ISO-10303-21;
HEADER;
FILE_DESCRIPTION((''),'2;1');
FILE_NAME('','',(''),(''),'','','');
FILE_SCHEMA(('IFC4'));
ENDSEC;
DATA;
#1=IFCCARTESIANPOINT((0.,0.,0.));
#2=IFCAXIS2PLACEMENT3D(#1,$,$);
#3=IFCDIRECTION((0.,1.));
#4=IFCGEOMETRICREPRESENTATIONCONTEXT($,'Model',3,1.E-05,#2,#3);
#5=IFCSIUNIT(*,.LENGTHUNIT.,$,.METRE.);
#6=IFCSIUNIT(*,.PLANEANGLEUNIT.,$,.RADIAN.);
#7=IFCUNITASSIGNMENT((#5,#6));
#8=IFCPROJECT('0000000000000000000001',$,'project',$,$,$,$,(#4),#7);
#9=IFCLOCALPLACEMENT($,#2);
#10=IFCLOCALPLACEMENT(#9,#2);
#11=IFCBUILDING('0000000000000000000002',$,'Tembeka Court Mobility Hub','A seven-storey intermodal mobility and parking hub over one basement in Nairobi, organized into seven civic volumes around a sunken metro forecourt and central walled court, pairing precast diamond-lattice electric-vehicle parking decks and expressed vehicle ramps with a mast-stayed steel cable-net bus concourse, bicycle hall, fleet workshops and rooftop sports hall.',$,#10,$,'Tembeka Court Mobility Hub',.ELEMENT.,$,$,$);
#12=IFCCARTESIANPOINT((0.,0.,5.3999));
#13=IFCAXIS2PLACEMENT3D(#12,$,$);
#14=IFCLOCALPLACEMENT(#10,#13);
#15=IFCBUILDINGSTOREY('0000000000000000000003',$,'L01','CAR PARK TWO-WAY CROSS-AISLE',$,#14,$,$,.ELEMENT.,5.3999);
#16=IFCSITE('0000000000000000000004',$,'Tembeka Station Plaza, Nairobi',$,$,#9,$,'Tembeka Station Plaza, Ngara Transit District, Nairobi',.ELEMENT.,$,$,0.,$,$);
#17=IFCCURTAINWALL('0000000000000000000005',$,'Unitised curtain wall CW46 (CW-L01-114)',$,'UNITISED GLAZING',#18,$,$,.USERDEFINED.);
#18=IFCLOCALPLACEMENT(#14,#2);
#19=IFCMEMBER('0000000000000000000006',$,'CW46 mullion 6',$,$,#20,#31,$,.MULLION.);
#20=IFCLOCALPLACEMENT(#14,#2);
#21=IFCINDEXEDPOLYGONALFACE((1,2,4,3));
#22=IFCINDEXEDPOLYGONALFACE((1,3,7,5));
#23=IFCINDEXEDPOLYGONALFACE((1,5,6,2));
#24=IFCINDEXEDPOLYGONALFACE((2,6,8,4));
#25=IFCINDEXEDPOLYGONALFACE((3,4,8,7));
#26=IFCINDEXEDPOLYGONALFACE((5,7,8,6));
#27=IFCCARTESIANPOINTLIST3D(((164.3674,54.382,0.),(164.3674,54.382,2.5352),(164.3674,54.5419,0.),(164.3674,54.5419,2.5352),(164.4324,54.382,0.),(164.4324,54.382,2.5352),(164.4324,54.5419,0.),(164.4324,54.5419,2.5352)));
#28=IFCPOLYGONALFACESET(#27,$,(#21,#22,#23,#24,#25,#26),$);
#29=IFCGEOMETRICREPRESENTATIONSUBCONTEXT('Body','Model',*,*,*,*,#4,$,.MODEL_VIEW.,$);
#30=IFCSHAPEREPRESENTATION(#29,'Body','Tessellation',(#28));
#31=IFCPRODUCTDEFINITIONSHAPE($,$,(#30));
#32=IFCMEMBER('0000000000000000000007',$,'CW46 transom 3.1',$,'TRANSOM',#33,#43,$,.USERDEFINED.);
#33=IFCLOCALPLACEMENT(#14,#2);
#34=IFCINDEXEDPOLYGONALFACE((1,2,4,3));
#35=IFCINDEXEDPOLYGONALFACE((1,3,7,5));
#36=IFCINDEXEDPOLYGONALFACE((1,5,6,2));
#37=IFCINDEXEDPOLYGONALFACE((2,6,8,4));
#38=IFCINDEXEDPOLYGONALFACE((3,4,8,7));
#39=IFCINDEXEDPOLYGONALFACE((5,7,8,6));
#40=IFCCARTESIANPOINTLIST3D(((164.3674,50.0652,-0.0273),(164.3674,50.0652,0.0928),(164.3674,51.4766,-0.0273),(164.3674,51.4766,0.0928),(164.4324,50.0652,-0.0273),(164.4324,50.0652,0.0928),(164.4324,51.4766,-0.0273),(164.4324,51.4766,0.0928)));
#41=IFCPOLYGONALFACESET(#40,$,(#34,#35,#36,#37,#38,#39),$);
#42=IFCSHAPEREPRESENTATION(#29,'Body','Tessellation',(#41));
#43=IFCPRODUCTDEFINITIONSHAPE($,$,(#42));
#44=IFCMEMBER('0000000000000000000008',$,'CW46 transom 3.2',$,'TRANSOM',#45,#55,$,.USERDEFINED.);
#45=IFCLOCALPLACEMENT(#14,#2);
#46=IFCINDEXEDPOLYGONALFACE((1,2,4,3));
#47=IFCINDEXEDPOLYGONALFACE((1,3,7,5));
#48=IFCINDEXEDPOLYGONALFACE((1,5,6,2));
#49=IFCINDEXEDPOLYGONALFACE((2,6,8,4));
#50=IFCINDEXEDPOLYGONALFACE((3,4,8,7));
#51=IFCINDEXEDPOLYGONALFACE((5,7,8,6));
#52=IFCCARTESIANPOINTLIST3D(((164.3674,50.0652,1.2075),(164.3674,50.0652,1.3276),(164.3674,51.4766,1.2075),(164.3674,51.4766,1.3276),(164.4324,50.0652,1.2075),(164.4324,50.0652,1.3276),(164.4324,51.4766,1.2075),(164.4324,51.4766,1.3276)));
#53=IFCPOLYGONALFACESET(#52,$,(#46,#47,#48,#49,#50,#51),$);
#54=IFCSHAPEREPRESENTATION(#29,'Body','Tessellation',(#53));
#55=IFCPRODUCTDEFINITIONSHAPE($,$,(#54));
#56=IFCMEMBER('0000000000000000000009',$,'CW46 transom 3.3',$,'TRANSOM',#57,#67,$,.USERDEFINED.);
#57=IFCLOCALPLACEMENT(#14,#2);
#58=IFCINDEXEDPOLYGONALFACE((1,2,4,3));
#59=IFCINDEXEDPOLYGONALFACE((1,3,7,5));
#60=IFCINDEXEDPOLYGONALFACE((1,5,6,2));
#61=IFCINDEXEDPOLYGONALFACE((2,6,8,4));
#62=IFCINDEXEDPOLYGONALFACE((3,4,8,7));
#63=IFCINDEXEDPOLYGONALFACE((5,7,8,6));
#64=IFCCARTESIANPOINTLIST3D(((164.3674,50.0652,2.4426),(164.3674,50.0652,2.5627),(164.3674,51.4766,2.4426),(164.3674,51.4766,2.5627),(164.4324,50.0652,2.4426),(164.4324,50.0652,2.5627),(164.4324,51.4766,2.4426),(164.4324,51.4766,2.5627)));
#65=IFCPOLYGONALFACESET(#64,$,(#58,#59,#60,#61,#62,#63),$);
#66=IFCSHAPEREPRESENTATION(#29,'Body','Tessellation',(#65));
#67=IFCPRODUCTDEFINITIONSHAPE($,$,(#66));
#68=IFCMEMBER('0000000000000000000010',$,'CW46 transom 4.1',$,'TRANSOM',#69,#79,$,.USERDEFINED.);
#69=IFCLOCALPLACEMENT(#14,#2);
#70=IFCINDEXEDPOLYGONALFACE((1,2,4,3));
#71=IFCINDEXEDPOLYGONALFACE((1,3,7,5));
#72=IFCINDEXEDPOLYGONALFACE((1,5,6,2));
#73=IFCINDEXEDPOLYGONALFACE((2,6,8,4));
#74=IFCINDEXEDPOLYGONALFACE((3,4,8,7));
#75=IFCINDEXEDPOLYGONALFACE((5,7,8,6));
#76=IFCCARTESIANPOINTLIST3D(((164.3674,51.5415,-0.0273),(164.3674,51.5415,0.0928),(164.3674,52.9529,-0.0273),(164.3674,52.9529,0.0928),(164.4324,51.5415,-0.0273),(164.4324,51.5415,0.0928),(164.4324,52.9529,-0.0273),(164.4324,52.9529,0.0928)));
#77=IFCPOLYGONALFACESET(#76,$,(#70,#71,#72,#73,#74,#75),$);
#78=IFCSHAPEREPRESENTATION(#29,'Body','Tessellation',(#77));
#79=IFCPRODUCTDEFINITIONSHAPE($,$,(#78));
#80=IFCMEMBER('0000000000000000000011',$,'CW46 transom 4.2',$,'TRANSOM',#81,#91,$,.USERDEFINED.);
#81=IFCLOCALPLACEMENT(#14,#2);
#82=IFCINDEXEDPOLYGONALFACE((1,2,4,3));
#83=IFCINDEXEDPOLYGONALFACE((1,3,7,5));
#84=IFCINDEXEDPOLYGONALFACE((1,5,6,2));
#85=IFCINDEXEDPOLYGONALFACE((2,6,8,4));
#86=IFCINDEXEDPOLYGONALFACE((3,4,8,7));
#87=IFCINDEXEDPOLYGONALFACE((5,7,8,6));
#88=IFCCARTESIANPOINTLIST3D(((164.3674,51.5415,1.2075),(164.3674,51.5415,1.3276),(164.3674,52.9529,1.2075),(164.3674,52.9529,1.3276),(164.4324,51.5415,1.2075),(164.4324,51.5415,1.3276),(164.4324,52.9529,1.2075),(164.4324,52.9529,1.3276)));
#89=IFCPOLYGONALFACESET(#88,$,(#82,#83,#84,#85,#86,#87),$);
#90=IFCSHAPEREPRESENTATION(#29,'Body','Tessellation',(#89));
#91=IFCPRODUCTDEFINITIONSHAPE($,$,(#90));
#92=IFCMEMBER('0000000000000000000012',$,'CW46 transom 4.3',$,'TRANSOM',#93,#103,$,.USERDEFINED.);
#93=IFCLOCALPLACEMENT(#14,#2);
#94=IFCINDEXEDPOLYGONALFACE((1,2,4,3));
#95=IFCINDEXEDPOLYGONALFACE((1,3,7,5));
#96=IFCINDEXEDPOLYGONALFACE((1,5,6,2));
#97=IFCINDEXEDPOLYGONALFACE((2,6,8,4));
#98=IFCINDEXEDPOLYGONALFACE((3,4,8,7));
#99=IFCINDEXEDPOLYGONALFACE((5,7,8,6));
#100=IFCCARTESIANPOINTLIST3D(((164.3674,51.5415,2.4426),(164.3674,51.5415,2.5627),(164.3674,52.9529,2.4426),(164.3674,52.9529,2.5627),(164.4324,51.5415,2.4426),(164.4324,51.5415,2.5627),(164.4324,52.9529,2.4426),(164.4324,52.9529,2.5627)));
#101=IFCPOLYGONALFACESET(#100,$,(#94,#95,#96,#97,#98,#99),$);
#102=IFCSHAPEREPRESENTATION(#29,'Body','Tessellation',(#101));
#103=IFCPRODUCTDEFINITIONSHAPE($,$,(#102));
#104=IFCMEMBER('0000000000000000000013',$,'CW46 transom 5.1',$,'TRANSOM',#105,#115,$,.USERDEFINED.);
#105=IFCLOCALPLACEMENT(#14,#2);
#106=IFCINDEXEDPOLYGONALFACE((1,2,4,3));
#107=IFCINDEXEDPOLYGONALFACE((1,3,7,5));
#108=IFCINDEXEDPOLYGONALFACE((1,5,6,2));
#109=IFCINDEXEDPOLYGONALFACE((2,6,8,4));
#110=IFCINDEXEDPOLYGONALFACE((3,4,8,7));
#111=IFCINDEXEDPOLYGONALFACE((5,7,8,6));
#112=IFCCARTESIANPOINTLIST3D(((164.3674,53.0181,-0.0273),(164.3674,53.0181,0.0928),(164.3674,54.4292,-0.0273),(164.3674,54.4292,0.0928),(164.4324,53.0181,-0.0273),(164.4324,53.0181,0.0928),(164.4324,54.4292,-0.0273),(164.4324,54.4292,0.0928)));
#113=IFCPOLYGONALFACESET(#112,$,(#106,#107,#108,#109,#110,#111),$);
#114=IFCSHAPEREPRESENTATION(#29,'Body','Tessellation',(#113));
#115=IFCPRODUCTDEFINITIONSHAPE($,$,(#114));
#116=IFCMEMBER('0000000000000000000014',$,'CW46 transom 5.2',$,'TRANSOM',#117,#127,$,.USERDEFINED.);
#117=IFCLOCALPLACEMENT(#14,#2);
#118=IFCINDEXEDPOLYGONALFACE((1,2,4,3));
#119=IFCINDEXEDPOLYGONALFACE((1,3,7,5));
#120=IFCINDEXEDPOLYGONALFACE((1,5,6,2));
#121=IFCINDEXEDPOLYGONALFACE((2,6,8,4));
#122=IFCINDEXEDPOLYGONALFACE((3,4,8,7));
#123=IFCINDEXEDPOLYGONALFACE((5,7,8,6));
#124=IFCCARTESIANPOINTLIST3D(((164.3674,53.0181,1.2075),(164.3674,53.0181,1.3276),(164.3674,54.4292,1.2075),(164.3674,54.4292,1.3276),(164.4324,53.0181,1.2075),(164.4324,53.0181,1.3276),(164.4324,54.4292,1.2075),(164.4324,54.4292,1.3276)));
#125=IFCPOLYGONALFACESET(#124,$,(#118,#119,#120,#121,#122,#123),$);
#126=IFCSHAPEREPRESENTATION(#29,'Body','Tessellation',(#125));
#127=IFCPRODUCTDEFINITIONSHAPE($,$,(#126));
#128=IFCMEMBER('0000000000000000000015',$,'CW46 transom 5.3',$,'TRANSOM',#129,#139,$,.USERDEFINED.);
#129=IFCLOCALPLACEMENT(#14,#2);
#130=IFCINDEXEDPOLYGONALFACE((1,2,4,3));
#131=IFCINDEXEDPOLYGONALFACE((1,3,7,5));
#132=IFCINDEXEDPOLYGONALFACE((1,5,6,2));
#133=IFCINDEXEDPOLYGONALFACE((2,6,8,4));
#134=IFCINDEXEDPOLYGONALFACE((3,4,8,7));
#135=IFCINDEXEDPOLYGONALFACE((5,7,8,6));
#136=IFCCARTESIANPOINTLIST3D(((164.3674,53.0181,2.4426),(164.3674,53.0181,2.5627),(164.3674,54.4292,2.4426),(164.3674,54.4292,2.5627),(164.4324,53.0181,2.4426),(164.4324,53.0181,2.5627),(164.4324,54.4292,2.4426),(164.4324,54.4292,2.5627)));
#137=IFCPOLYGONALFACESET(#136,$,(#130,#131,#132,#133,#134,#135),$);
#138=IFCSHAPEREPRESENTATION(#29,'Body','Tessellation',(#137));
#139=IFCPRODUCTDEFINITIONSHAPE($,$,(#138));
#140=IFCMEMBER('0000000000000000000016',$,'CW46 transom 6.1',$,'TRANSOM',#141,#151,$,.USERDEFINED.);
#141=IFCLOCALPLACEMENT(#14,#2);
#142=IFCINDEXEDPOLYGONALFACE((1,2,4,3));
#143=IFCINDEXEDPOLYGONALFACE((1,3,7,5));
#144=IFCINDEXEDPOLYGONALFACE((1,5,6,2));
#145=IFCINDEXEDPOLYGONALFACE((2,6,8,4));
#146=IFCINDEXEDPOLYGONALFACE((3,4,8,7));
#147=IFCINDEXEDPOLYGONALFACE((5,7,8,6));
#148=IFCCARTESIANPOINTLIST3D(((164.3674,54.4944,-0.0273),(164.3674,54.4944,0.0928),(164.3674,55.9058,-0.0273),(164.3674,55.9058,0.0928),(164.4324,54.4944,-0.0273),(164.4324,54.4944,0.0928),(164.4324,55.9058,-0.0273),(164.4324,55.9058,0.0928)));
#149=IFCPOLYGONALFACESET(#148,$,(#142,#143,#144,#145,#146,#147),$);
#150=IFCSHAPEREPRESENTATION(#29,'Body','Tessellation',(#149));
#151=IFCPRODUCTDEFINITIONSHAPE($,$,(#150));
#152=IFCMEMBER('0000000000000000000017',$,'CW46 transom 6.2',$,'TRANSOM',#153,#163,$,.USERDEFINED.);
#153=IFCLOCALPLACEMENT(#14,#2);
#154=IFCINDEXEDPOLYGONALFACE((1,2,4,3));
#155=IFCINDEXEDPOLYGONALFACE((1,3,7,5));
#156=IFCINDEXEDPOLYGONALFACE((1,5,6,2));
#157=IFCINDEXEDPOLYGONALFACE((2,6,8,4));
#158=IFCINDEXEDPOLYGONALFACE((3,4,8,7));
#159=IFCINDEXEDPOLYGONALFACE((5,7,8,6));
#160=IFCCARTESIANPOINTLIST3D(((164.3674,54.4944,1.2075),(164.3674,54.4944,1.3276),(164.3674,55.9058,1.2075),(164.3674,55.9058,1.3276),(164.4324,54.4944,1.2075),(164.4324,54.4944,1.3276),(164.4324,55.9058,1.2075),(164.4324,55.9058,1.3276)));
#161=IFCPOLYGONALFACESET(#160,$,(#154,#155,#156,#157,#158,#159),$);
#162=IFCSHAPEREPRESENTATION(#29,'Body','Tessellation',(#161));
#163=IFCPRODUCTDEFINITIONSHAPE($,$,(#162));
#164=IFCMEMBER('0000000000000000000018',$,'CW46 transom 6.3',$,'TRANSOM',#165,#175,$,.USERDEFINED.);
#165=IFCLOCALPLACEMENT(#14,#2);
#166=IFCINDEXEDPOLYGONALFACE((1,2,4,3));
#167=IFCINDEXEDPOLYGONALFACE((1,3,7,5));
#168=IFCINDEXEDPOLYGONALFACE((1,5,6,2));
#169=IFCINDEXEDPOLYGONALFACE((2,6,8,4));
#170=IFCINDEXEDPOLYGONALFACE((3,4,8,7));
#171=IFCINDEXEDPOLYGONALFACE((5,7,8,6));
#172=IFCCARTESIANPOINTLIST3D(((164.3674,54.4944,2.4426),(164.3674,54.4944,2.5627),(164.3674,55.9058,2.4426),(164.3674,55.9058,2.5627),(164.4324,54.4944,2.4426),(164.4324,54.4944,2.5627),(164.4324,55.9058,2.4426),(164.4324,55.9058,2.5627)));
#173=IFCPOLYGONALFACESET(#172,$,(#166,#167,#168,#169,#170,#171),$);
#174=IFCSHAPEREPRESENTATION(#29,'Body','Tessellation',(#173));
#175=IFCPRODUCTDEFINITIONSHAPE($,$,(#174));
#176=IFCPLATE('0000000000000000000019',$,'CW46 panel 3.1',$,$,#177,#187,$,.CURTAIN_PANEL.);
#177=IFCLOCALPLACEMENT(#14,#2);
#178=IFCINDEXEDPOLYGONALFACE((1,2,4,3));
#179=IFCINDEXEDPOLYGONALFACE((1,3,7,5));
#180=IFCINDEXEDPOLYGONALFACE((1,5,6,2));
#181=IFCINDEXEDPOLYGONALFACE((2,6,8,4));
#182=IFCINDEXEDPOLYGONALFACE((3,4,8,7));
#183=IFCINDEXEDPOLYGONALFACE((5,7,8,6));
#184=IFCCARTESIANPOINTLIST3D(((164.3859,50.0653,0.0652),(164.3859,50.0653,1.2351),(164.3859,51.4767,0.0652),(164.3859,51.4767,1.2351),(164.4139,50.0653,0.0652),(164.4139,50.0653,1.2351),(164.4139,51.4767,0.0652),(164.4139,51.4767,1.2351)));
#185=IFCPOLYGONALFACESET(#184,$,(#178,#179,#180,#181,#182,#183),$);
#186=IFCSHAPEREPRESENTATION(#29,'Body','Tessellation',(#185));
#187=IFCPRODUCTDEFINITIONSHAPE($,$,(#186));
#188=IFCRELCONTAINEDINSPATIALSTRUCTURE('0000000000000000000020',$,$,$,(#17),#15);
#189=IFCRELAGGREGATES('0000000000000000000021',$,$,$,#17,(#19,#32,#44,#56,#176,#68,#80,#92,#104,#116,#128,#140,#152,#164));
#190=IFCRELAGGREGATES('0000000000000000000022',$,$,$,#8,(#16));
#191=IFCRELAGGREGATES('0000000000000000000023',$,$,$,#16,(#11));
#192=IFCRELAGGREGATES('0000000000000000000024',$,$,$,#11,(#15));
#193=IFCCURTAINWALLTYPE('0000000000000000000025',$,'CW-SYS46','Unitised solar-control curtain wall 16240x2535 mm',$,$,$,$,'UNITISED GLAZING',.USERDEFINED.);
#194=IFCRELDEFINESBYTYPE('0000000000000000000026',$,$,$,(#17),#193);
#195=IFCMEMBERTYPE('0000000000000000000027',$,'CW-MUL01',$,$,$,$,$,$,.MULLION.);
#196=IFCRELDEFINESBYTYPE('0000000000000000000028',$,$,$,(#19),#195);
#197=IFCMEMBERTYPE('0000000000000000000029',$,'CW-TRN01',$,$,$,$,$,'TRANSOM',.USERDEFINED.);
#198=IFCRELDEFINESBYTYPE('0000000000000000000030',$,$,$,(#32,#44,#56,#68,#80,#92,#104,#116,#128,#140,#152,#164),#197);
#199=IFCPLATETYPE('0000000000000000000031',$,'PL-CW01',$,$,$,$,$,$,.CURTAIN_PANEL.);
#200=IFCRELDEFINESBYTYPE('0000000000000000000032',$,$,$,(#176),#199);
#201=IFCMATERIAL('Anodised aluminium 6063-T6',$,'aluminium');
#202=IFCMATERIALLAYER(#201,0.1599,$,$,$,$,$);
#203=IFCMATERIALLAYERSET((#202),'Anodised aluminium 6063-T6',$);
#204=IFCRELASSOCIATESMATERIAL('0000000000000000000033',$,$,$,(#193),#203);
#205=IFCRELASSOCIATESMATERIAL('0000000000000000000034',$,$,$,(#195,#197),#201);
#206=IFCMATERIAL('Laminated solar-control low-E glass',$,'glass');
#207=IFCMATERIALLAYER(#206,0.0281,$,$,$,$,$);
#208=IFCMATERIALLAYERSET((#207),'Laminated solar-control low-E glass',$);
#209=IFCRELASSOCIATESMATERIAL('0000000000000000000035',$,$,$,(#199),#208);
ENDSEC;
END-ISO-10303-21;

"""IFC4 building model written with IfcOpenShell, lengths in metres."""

from ifc_helpers import new_model, si_unit, direction, frame, origin, origin_2d, place, context, subcontext, project, spatial, rectangle, extrude, material, layer, layer_set, material_profile, profile_set, type_object, element, aggregate, save


model = new_model("IFC4")

# Units and contexts
model_context = context("Model", 3, precision=1e-05, world=origin(), true_north=direction((0.0, 1.0)))
body_context = subcontext(model_context, "Body", "Model", "MODEL_VIEW")
ifc_project = project(units=[si_unit("LENGTHUNIT", "METRE"), si_unit("PLANEANGLEUNIT", "RADIAN")], contexts=[model_context])

# Site, building, storey
site_placement = place(None, origin())
site = spatial("IfcSite", under=ifc_project, at=site_placement, Name="Tembeka Station Plaza, Nairobi", LongName="Tembeka Station Plaza, Ngara Transit District, Nairobi", CompositionType="ELEMENT", RefElevation=0.0)
building_placement = place(site_placement, origin())
building = spatial("IfcBuilding", under=site, at=building_placement, Name="Tembeka Court Mobility Hub", Description="A seven-storey intermodal mobility and parking hub over one basement in Nairobi, organized into seven civic volumes around a sunken metro forecourt and central walled court, pairing precast diamond-lattice electric-vehicle parking decks and expressed vehicle ramps with a mast-stayed steel cable-net bus concourse, bicycle hall, fleet workshops and rooftop sports hall.", LongName="Tembeka Court Mobility Hub", CompositionType="ELEMENT")
storey_placement = place(building_placement, frame((0.0, 0.0, 5.3999)))
storey = spatial("IfcBuildingStorey", under=building, at=storey_placement, Name="L01", Description="CAR PARK TWO-WAY CROSS-AISLE", CompositionType="ELEMENT", Elevation=5.3999)

# Curtain wall, members, plate
ifc_material_1 = material(Name="Anodised aluminium 6063-T6", Category="aluminium")
ifc_layer_1 = layer(ifc_material_1, 0.1599)
ifc_layer_set_1 = layer_set([ifc_layer_1], Name="Anodised aluminium 6063-T6")
curtain_wall_type = type_object("IfcCurtainWallType", Name="CW-SYS46", Description="Unitised solar-control curtain wall 16240x2535 mm", ElementType="UNITISED GLAZING", PredefinedType="USERDEFINED", material=ifc_layer_set_1)
curtain_wall_placement = place(storey_placement, origin())
curtain_wall = element("IfcCurtainWall", 1, at=curtain_wall_placement, inside=storey, type_object=curtain_wall_type, Name="Unitised curtain wall CW46 (CW-L01-114)", ObjectType="UNITISED GLAZING", PredefinedType="USERDEFINED")
ifc_material_profile_1 = material_profile(ifc_material_1, rectangle(XDim=0.0649, YDim=0.1599, at=origin_2d()), Name="ALU-MUL 65x160")
ifc_profile_set_1 = profile_set([ifc_material_profile_1], Name="Anodised aluminium 6063-T6")
member_type_1 = type_object("IfcMemberType", Name="CW-MUL01", PredefinedType="MULLION", material=ifc_profile_set_1)
member_1_placement = place(storey_placement, frame((164.3999, 54.4619, 0.0), z_axis=(0.0, 0.0, 1.0), x_axis=(-1.0, 0.0, 0.0)))
member_1 = element("IfcMember", 2, at=member_1_placement, type_object=member_type_1, Name="CW46 mullion 6", PredefinedType="MULLION", context=body_context, shape_type="SweptSolid", body=[
    extrude(rectangle(XDim=0.0649, YDim=0.1599, at=origin_2d()), origin(), (0.0, 0.0, 1.0), 2.5352),
])
ifc_material_profile_2 = material_profile(ifc_material_1, rectangle(XDim=0.0649, YDim=0.1201, at=origin_2d()), Name="ALU-TRN 65x120")
ifc_profile_set_2 = profile_set([ifc_material_profile_2], Name="Anodised aluminium 6063-T6")
member_type_2 = type_object("IfcMemberType", Name="CW-TRN01", ElementType="TRANSOM", PredefinedType="USERDEFINED", material=ifc_profile_set_2)
member_2_placement = place(storey_placement, frame((164.3999, 50.0652, 0.0327), z_axis=(0.0, 1.0, 0.0), x_axis=(-1.0, 0.0, 0.0)))
member_2 = element("IfcMember", 3, at=member_2_placement, type_object=member_type_2, Name="CW46 transom 3.1", ObjectType="TRANSOM", PredefinedType="USERDEFINED", context=body_context, shape_type="SweptSolid", body=[
    extrude(rectangle(XDim=0.0649, YDim=0.1201, at=origin_2d()), origin(), (0.0, 0.0, 1.0), 1.4114),
])
member_3_placement = place(storey_placement, frame((164.3999, 50.0652, 1.2676), z_axis=(0.0, 1.0, 0.0), x_axis=(-1.0, 0.0, 0.0)))
member_3 = element("IfcMember", 4, at=member_3_placement, type_object=member_type_2, Name="CW46 transom 3.2", ObjectType="TRANSOM", PredefinedType="USERDEFINED", context=body_context, shape_type="SweptSolid", body=[
    extrude(rectangle(XDim=0.0649, YDim=0.1201, at=origin_2d()), origin(), (0.0, 0.0, 1.0), 1.4114),
])
member_4_placement = place(storey_placement, frame((164.3999, 50.0652, 2.5027), z_axis=(0.0, 1.0, 0.0), x_axis=(-1.0, 0.0, 0.0)))
member_4 = element("IfcMember", 5, at=member_4_placement, type_object=member_type_2, Name="CW46 transom 3.3", ObjectType="TRANSOM", PredefinedType="USERDEFINED", context=body_context, shape_type="SweptSolid", body=[
    extrude(rectangle(XDim=0.0649, YDim=0.1201, at=origin_2d()), origin(), (0.0, 0.0, 1.0), 1.4114),
])
member_5_placement = place(storey_placement, frame((164.3999, 51.5415, 0.0327), z_axis=(0.0, 1.0, 0.0), x_axis=(-1.0, 0.0, 0.0)))
member_5 = element("IfcMember", 6, at=member_5_placement, type_object=member_type_2, Name="CW46 transom 4.1", ObjectType="TRANSOM", PredefinedType="USERDEFINED", context=body_context, shape_type="SweptSolid", body=[
    extrude(rectangle(XDim=0.0649, YDim=0.1201, at=origin_2d()), origin(), (0.0, 0.0, 1.0), 1.4114),
])
member_6_placement = place(storey_placement, frame((164.3999, 51.5415, 1.2676), z_axis=(0.0, 1.0, 0.0), x_axis=(-1.0, 0.0, 0.0)))
member_6 = element("IfcMember", 7, at=member_6_placement, type_object=member_type_2, Name="CW46 transom 4.2", ObjectType="TRANSOM", PredefinedType="USERDEFINED", context=body_context, shape_type="SweptSolid", body=[
    extrude(rectangle(XDim=0.0649, YDim=0.1201, at=origin_2d()), origin(), (0.0, 0.0, 1.0), 1.4114),
])
member_7_placement = place(storey_placement, frame((164.3999, 51.5415, 2.5027), z_axis=(0.0, 1.0, 0.0), x_axis=(-1.0, 0.0, 0.0)))
member_7 = element("IfcMember", 8, at=member_7_placement, type_object=member_type_2, Name="CW46 transom 4.3", ObjectType="TRANSOM", PredefinedType="USERDEFINED", context=body_context, shape_type="SweptSolid", body=[
    extrude(rectangle(XDim=0.0649, YDim=0.1201, at=origin_2d()), origin(), (0.0, 0.0, 1.0), 1.4114),
])
member_8_placement = place(storey_placement, frame((164.3999, 53.0181, 0.0327), z_axis=(0.0, 1.0, 0.0), x_axis=(-1.0, 0.0, 0.0)))
member_8 = element("IfcMember", 9, at=member_8_placement, type_object=member_type_2, Name="CW46 transom 5.1", ObjectType="TRANSOM", PredefinedType="USERDEFINED", context=body_context, shape_type="SweptSolid", body=[
    extrude(rectangle(XDim=0.0649, YDim=0.1201, at=origin_2d()), origin(), (0.0, 0.0, 1.0), 1.4111),
])
member_9_placement = place(storey_placement, frame((164.3999, 53.0181, 1.2676), z_axis=(0.0, 1.0, 0.0), x_axis=(-1.0, 0.0, 0.0)))
member_9 = element("IfcMember", 10, at=member_9_placement, type_object=member_type_2, Name="CW46 transom 5.2", ObjectType="TRANSOM", PredefinedType="USERDEFINED", context=body_context, shape_type="SweptSolid", body=[
    extrude(rectangle(XDim=0.0649, YDim=0.1201, at=origin_2d()), origin(), (0.0, 0.0, 1.0), 1.4111),
])
member_10_placement = place(storey_placement, frame((164.3999, 53.0181, 2.5027), z_axis=(0.0, 1.0, 0.0), x_axis=(-1.0, 0.0, 0.0)))
member_10 = element("IfcMember", 11, at=member_10_placement, type_object=member_type_2, Name="CW46 transom 5.3", ObjectType="TRANSOM", PredefinedType="USERDEFINED", context=body_context, shape_type="SweptSolid", body=[
    extrude(rectangle(XDim=0.0649, YDim=0.1201, at=origin_2d()), origin(), (0.0, 0.0, 1.0), 1.4111),
])
member_11_placement = place(storey_placement, frame((164.3999, 54.4944, 0.0327), z_axis=(0.0, 1.0, 0.0), x_axis=(-1.0, 0.0, 0.0)))
member_11 = element("IfcMember", 12, at=member_11_placement, type_object=member_type_2, Name="CW46 transom 6.1", ObjectType="TRANSOM", PredefinedType="USERDEFINED", context=body_context, shape_type="SweptSolid", body=[
    extrude(rectangle(XDim=0.0649, YDim=0.1201, at=origin_2d()), origin(), (0.0, 0.0, 1.0), 1.4114),
])
member_12_placement = place(storey_placement, frame((164.3999, 54.4944, 1.2676), z_axis=(0.0, 1.0, 0.0), x_axis=(-1.0, 0.0, 0.0)))
member_12 = element("IfcMember", 13, at=member_12_placement, type_object=member_type_2, Name="CW46 transom 6.2", ObjectType="TRANSOM", PredefinedType="USERDEFINED", context=body_context, shape_type="SweptSolid", body=[
    extrude(rectangle(XDim=0.0649, YDim=0.1201, at=origin_2d()), origin(), (0.0, 0.0, 1.0), 1.4114),
])
member_13_placement = place(storey_placement, frame((164.3999, 54.4944, 2.5027), z_axis=(0.0, 1.0, 0.0), x_axis=(-1.0, 0.0, 0.0)))
member_13 = element("IfcMember", 14, at=member_13_placement, type_object=member_type_2, Name="CW46 transom 6.3", ObjectType="TRANSOM", PredefinedType="USERDEFINED", context=body_context, shape_type="SweptSolid", body=[
    extrude(rectangle(XDim=0.0649, YDim=0.1201, at=origin_2d()), origin(), (0.0, 0.0, 1.0), 1.4114),
])
ifc_material_2 = material(Name="Laminated solar-control low-E glass", Category="glass")
ifc_layer_2 = layer(ifc_material_2, 0.0281)
ifc_layer_set_2 = layer_set([ifc_layer_2], Name="Laminated solar-control low-E glass")
plate_type = type_object("IfcPlateType", Name="PL-CW01", PredefinedType="CURTAIN_PANEL", material=ifc_layer_set_2)
plate_1_placement = place(storey_placement, frame((164.3999, 50.771, 0.0652), z_axis=(0.0, 0.0, 1.0), x_axis=(0.0, 1.0, 0.0)))
plate_1 = element("IfcPlate", 15, at=plate_1_placement, type_object=plate_type, Name="CW46 panel 3.1", PredefinedType="CURTAIN_PANEL", context=body_context, shape_type="SweptSolid", body=[
    extrude(rectangle(XDim=1.4114, YDim=0.0281, at=origin_2d()), origin(), (0.0, 0.0, 1.0), 1.1699),
])
aggregate(curtain_wall, [member_1, member_2, member_3, member_4, plate_1, member_5, member_6, member_7, member_8, member_9, member_10, member_11, member_12, member_13])

save(model, "model.ifc")
